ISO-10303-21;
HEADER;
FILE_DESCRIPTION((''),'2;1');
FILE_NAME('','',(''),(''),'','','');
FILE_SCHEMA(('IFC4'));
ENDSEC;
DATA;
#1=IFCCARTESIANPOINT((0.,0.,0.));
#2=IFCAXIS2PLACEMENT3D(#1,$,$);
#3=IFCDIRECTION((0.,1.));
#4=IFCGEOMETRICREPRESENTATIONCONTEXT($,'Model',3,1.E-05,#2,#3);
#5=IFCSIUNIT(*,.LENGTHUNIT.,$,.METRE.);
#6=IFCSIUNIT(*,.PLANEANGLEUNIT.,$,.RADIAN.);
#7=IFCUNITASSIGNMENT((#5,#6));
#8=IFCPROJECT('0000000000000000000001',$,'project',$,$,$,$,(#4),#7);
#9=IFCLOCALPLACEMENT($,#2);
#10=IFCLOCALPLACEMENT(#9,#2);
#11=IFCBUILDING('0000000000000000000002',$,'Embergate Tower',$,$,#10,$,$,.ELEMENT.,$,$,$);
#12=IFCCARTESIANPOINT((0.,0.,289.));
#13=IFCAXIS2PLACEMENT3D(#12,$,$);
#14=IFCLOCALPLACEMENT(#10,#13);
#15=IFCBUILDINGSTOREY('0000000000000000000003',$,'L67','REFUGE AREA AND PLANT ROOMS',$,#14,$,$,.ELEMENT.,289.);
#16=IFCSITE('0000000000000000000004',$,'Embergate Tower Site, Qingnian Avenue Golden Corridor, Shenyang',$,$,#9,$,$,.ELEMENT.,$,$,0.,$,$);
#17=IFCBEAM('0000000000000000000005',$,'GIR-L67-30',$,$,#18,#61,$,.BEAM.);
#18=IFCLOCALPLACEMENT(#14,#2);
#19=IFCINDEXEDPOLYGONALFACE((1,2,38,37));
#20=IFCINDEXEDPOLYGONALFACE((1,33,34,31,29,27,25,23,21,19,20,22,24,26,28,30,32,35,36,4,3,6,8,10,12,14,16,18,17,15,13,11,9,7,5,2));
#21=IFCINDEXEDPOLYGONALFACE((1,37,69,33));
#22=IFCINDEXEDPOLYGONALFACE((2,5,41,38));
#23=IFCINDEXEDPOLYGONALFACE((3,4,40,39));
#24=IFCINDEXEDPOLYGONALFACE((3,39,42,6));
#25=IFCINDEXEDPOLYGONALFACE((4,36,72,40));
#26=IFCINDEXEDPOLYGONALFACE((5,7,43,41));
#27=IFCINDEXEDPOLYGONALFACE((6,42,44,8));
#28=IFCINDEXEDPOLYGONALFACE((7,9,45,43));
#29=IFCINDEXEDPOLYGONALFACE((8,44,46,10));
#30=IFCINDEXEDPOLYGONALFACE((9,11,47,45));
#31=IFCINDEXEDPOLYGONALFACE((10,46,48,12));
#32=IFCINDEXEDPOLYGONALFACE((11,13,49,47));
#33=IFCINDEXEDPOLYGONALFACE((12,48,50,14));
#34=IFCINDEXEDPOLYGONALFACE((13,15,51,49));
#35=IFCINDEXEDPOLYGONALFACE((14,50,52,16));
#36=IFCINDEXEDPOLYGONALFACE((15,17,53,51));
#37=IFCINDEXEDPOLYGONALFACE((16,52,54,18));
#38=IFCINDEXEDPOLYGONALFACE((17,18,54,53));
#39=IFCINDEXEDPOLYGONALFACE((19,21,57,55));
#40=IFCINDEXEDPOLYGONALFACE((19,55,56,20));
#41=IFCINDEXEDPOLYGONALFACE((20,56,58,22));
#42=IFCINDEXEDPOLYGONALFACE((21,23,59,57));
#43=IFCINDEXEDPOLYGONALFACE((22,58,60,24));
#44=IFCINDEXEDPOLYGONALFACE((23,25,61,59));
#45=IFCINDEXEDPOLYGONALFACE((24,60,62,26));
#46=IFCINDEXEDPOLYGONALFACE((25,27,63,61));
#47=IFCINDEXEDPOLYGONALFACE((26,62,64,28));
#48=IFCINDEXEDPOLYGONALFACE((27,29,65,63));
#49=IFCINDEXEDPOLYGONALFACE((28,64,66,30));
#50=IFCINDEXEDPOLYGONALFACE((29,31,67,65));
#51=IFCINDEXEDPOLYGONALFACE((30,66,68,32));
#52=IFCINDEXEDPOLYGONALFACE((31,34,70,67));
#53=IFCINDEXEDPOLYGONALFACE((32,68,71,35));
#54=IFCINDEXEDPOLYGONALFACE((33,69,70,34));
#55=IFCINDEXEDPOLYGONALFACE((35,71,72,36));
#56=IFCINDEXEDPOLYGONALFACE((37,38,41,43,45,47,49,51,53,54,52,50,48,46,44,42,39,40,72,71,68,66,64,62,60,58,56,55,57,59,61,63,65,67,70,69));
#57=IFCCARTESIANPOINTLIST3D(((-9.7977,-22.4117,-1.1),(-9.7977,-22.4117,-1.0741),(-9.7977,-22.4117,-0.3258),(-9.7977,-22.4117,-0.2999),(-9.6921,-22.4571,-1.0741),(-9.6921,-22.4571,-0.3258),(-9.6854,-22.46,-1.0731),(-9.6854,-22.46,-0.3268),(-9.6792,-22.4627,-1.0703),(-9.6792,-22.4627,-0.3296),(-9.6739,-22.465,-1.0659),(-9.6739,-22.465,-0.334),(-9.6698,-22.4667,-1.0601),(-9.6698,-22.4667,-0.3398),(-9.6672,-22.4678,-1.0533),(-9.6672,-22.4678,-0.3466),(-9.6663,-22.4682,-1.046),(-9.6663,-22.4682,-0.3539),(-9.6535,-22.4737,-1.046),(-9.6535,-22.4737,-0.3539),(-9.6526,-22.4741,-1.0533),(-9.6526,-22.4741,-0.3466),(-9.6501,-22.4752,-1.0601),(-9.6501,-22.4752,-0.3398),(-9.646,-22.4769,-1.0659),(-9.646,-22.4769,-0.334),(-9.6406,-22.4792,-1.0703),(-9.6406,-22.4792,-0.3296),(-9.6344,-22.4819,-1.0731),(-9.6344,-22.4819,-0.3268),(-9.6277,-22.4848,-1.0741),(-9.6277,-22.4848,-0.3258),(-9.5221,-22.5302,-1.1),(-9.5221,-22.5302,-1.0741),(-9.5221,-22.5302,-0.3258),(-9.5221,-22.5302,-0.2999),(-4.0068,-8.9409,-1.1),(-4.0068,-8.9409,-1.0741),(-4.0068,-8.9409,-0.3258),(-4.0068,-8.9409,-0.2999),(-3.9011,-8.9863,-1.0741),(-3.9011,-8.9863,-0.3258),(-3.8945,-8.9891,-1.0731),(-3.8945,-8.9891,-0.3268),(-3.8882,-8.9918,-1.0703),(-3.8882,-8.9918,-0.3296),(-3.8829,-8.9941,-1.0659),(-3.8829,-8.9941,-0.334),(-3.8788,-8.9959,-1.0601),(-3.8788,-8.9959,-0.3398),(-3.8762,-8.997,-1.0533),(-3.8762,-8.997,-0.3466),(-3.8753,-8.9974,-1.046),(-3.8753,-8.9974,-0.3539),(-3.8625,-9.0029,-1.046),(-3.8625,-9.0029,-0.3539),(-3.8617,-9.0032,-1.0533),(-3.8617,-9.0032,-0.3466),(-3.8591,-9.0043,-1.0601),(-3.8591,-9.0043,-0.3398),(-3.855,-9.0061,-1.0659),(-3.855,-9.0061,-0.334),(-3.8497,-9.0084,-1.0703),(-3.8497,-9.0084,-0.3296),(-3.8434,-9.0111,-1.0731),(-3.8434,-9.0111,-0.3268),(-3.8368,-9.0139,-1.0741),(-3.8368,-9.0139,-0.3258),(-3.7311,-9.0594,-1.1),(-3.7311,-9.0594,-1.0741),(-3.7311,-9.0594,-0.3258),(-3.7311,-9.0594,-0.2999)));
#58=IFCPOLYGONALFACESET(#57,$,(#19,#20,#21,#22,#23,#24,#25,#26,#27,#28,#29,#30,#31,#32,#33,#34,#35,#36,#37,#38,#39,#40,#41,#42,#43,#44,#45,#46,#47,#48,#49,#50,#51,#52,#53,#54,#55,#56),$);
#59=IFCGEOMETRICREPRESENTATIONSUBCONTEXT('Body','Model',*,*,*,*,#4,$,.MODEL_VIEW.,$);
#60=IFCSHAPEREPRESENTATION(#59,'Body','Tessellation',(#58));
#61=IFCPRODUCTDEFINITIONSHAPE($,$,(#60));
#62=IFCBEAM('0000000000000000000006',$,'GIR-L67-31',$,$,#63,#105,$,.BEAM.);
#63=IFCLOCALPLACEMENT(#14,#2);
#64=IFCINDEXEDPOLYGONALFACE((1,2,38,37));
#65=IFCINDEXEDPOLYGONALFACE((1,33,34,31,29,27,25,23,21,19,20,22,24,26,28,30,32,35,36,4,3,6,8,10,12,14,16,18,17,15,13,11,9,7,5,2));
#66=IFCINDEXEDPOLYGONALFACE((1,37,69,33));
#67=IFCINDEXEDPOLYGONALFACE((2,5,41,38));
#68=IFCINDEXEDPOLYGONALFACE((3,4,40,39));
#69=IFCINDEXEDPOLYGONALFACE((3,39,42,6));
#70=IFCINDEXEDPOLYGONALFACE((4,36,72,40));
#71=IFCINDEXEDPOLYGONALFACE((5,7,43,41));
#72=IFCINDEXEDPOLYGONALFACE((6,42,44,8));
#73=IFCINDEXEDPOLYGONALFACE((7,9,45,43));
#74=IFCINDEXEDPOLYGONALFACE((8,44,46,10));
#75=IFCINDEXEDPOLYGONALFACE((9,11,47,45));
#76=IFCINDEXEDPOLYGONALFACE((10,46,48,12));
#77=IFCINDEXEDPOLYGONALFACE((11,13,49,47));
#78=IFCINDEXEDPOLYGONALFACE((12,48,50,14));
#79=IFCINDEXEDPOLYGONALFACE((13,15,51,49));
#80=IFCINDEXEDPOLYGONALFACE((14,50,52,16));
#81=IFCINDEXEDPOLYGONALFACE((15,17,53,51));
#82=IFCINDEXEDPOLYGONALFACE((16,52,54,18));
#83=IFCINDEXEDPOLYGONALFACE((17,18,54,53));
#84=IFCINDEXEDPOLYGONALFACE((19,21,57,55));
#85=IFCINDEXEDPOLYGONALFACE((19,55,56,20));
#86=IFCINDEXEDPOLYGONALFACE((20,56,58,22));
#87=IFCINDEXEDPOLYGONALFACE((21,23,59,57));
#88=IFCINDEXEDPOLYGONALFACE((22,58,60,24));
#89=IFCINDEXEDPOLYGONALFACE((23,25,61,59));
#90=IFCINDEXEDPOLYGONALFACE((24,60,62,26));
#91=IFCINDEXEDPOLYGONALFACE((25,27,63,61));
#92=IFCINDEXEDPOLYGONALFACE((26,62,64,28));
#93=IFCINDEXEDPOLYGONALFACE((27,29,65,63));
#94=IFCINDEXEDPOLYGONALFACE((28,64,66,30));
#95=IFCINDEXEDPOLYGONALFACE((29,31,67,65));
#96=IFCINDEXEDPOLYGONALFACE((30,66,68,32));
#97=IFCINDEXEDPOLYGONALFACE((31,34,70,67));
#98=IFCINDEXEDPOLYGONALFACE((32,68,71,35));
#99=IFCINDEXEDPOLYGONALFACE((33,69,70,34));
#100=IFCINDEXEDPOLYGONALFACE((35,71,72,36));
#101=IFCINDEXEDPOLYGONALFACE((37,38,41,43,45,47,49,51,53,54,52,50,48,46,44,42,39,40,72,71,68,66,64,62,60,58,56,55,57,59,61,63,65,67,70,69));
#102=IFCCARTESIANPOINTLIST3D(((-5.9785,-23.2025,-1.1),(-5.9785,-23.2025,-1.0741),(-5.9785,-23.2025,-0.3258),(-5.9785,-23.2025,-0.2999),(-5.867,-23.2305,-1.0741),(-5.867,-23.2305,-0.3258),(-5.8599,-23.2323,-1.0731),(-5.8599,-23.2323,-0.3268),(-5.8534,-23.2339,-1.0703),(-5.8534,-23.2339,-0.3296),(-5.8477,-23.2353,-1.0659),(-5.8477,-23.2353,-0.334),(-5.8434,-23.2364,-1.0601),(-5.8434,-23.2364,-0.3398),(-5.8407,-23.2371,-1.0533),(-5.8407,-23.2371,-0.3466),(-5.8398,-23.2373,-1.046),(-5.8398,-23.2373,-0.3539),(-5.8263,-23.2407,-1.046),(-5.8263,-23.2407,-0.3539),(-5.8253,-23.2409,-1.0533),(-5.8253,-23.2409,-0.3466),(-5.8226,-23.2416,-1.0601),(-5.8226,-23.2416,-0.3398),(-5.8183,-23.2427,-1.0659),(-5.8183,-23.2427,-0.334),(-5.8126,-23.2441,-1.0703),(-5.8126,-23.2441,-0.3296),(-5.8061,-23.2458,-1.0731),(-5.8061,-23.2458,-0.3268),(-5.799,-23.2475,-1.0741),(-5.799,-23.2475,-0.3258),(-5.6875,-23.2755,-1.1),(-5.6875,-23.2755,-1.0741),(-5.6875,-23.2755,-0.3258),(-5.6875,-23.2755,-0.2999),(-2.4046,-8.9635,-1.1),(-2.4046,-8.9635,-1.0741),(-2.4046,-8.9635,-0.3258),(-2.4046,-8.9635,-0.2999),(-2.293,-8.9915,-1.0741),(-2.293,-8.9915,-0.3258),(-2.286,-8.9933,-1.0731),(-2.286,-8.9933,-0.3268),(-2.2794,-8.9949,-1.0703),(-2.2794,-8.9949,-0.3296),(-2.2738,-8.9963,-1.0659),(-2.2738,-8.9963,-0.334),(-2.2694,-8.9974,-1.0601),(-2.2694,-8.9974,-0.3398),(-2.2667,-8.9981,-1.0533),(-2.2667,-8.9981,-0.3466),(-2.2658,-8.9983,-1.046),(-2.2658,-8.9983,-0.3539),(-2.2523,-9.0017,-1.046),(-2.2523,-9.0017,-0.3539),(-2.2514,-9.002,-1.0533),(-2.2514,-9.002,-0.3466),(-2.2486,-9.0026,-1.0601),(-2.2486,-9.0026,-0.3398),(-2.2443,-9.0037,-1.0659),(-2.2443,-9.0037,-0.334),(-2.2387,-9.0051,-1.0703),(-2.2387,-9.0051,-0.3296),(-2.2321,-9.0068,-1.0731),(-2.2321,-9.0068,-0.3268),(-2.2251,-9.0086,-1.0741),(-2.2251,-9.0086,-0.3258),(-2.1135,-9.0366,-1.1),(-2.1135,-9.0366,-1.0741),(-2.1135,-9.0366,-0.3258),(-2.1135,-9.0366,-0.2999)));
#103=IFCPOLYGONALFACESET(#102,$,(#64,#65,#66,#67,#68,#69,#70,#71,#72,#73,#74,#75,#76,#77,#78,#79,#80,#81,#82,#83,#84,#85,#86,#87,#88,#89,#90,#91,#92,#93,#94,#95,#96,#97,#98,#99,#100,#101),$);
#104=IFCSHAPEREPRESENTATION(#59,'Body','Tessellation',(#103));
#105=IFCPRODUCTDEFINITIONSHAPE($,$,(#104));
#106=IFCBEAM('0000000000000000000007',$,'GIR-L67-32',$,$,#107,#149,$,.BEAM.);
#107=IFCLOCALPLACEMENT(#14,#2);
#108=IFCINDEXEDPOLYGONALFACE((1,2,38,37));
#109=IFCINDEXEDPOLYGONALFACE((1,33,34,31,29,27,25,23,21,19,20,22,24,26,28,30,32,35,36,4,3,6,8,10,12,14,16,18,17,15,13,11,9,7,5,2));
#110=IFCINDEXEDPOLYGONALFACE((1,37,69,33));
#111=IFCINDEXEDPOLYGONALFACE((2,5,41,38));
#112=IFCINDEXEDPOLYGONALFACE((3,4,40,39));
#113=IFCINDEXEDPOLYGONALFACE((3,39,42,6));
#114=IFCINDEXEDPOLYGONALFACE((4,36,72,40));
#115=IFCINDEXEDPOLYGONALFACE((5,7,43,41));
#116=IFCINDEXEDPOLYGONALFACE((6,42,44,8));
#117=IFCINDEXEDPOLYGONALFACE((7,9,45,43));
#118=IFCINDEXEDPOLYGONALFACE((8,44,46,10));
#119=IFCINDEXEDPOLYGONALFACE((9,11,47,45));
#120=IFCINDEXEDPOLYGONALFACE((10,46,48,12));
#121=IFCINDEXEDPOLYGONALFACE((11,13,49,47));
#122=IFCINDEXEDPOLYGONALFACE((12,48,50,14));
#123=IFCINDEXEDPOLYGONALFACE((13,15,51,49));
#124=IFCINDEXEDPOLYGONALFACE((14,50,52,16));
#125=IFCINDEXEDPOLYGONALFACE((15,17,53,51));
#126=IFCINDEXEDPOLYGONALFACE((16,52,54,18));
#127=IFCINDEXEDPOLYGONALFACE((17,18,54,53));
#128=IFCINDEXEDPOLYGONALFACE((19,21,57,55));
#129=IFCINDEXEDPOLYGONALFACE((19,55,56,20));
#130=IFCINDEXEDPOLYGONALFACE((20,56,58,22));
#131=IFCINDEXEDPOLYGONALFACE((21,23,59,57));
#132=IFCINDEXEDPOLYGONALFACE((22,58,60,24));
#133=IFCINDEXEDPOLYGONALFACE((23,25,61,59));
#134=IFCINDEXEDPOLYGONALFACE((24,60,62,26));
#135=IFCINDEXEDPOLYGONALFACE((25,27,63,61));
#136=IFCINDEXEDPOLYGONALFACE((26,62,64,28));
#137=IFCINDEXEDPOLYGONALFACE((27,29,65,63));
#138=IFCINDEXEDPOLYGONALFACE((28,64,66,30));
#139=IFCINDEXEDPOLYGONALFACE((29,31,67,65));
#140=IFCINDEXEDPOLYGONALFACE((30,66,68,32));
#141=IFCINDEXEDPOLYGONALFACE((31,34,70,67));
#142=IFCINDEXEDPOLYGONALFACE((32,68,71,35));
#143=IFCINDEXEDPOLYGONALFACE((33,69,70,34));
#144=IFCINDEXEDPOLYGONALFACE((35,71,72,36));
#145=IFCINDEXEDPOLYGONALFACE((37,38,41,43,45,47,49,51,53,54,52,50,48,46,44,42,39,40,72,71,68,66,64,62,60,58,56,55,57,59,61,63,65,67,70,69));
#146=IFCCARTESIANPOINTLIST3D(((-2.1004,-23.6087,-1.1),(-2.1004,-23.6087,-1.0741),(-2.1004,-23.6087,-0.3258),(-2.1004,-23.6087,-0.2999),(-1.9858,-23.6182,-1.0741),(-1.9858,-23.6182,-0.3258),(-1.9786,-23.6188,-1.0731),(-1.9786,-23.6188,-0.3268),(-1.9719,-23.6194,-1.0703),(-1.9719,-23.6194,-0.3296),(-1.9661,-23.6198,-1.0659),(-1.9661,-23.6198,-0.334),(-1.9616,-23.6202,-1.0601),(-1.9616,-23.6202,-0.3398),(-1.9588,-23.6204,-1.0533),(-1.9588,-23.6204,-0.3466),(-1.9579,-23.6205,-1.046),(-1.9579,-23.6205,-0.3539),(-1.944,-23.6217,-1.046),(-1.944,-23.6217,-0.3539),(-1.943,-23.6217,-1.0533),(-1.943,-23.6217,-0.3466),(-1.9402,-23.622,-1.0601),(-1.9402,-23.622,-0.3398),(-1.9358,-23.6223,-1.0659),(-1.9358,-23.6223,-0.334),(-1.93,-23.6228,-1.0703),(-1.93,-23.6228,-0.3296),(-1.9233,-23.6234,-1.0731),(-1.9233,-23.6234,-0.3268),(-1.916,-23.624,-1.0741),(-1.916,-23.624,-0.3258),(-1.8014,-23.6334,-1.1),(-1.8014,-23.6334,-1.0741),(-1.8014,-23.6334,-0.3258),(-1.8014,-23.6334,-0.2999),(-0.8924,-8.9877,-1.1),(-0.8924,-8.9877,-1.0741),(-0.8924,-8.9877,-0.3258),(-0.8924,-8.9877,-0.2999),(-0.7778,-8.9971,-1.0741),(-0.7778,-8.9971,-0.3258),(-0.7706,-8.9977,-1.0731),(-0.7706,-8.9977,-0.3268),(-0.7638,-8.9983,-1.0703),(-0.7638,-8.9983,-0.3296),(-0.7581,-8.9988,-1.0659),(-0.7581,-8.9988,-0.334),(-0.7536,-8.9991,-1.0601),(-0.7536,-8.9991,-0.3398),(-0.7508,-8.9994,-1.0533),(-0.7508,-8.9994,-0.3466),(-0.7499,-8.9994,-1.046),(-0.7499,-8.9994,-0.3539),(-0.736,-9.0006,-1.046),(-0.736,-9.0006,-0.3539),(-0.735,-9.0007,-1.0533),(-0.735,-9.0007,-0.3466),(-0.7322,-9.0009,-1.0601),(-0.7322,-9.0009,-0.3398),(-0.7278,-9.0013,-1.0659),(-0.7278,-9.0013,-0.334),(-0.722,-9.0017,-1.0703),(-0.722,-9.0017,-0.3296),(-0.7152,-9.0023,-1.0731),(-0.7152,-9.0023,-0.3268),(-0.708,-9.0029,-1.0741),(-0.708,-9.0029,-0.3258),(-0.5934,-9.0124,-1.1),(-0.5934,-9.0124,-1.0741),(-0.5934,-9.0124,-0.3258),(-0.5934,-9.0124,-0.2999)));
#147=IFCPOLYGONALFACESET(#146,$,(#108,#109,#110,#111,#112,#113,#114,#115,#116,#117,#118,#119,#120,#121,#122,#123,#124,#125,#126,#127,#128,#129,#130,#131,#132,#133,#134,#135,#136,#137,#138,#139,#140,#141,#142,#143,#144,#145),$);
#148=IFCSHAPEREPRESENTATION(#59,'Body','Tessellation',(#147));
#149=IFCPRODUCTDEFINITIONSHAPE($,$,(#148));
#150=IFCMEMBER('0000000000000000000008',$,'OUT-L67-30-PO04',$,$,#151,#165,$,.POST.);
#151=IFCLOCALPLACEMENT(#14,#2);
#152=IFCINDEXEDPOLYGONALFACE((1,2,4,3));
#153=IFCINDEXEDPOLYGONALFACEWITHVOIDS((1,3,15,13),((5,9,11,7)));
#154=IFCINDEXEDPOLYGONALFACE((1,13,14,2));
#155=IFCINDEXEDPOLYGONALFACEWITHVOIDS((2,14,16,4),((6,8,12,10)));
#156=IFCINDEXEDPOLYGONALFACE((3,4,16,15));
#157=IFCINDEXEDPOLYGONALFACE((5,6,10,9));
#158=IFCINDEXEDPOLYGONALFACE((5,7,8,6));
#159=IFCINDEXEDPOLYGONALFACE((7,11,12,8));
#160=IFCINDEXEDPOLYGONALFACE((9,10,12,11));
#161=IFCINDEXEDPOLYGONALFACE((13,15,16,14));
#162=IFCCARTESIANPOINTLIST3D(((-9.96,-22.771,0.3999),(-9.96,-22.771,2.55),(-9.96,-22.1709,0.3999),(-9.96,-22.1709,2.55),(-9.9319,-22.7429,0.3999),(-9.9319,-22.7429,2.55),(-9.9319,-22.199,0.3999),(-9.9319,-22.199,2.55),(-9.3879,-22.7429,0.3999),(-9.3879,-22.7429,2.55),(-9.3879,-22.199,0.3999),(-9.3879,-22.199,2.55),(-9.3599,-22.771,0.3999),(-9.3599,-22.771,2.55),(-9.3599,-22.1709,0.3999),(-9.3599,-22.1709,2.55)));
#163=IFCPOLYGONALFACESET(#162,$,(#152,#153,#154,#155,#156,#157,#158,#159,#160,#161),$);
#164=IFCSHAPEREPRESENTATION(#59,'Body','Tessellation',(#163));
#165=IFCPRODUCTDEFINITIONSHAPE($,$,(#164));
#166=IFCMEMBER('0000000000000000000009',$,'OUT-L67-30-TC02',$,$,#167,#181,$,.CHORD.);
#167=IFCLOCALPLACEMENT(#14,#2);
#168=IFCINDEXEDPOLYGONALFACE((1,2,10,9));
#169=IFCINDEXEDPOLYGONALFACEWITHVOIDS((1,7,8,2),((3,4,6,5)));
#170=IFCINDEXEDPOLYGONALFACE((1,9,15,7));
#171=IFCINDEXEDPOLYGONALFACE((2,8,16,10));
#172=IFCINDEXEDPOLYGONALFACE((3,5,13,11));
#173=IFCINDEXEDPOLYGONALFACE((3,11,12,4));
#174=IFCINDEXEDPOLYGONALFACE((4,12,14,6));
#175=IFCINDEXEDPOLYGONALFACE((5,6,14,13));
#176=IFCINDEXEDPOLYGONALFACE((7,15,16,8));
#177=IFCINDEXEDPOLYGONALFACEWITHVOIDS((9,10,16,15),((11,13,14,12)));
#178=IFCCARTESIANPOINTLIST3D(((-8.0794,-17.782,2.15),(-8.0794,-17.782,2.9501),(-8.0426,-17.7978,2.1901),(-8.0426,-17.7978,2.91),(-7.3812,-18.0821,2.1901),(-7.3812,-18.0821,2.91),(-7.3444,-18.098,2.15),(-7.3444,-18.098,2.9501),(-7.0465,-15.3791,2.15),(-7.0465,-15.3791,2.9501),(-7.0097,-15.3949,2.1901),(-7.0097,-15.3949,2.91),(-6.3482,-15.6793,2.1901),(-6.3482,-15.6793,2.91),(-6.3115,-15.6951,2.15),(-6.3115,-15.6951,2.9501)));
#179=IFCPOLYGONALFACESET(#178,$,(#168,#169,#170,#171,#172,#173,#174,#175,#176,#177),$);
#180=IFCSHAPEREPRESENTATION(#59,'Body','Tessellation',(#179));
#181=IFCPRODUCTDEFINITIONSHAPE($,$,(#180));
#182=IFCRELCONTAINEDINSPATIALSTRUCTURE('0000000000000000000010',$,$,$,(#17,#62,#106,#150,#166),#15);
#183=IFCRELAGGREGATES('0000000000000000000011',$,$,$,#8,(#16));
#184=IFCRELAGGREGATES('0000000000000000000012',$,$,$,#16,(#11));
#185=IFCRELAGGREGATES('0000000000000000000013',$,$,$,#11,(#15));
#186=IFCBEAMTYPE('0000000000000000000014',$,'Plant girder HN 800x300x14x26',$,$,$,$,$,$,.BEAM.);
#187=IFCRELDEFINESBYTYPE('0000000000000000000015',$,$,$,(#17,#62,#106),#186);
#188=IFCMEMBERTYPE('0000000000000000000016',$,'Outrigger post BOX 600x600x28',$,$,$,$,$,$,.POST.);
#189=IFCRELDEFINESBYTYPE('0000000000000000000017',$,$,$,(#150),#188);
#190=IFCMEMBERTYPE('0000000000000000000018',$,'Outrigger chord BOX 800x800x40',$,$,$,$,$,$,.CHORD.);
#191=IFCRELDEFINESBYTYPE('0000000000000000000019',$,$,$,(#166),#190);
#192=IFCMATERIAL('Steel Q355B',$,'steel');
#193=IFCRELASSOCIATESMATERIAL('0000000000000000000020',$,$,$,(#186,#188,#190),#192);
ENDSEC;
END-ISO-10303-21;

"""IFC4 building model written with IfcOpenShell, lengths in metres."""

from ifc_helpers import new_model, si_unit, direction, frame, origin, origin_2d, place, context, subcontext, project, spatial, hollow_rectangle, i_section, extrude, source, transform, mapped, material, material_profile, profile_set, type_object, element, save


model = new_model("IFC4")

# Units and contexts
model_context = context("Model", 3, precision=1e-05, world=origin(), true_north=direction((0.0, 1.0)))
body_context = subcontext(model_context, "Body", "Model", "MODEL_VIEW")
ifc_project = project(units=[si_unit("LENGTHUNIT", "METRE"), si_unit("PLANEANGLEUNIT", "RADIAN")], contexts=[model_context])

# Site, building, storey
site_placement = place(None, origin())
site = spatial("IfcSite", under=ifc_project, at=site_placement, Name="Embergate Tower Site, Qingnian Avenue Golden Corridor, Shenyang", CompositionType="ELEMENT", RefElevation=0.0)
building_placement = place(site_placement, origin())
building = spatial("IfcBuilding", under=site, at=building_placement, Name="Embergate Tower", CompositionType="ELEMENT")
storey_placement = place(building_placement, frame((0.0, 0.0, 289.0)))
storey = spatial("IfcBuildingStorey", under=building, at=storey_placement, Name="L67", Description="REFUGE AREA AND PLANT ROOMS", CompositionType="ELEMENT", Elevation=289.0)

# Beams
ifc_material_1 = material(Name="Steel Q355B", Category="steel")
ifc_material_profile_1 = material_profile(ifc_material_1, i_section(OverallWidth=0.3, OverallDepth=0.8, WebThickness=0.0139, FlangeThickness=0.0259, FilletRadius=0.0281, at=origin_2d()), Name="HN 800x300x14x26")
ifc_profile_set_1 = profile_set([ifc_material_profile_1], Name="Steel Q355 grade B")
beam_type_1 = type_object("IfcBeamType", Name="Plant girder HN 800x300x14x26", PredefinedType="BEAM", material=ifc_profile_set_1)
shared_shape_1 = source(origin(), body_context, "Body", "SweptSolid", [
    extrude(i_section(OverallWidth=0.3, OverallDepth=0.8, WebThickness=0.0139, FlangeThickness=0.0259, FilletRadius=0.0281, at=origin_2d()), origin(), (0.0, 0.0, 1.0), 14.6628),
])
beam_1_placement = place(storey_placement, frame((-9.6599, -22.4709, -0.7), z_axis=(0.394942, 0.918706, 0.0), x_axis=(-0.918706, 0.394942, 0.0)))
element("IfcBeam", 1, at=beam_1_placement, inside=storey, type_object=beam_type_1, Name="GIR-L67-30", PredefinedType="BEAM", context=body_context, shape_type="MappedRepresentation", body=[
    mapped(shared_shape_1, transform((0.0, 0.0, 0.0))),
])
shared_shape_2 = source(origin(), body_context, "Body", "SweptSolid", [
    extrude(i_section(OverallWidth=0.3, OverallDepth=0.8, WebThickness=0.0139, FlangeThickness=0.0259, FilletRadius=0.0281, at=origin_2d()), origin(), (0.0, 0.0, 1.0), 14.6807),
])
beam_2_placement = place(storey_placement, frame((-5.833, -23.239, -0.7), z_axis=(0.243447, 0.969914, 0.0), x_axis=(-0.969914, 0.243447, 0.0)))
element("IfcBeam", 2, at=beam_2_placement, inside=storey, type_object=beam_type_1, Name="GIR-L67-31", PredefinedType="BEAM", context=body_context, shape_type="MappedRepresentation", body=[
    mapped(shared_shape_2, transform((0.0, 0.0, 0.0))),
])
shared_shape_3 = source(origin(), body_context, "Body", "SweptSolid", [
    extrude(i_section(OverallWidth=0.3, OverallDepth=0.8, WebThickness=0.0139, FlangeThickness=0.0259, FilletRadius=0.0281, at=origin_2d()), origin(), (0.0, 0.0, 1.0), 14.6709),
])
beam_3_placement = place(storey_placement, frame((-1.9509, -23.6211, -0.7), z_axis=(0.08234, 0.996604, 0.0), x_axis=(-0.996604, 0.08234, 0.0)))
element("IfcBeam", 3, at=beam_3_placement, inside=storey, type_object=beam_type_1, Name="GIR-L67-32", PredefinedType="BEAM", context=body_context, shape_type="MappedRepresentation", body=[
    mapped(shared_shape_3, transform((0.0, 0.0, 0.0))),
])

# Members
ifc_material_profile_2 = material_profile(ifc_material_1, hollow_rectangle(XDim=0.6001, YDim=0.6001, WallThickness=0.0281, at=origin_2d()), Name="BOX 600x600x28")
ifc_profile_set_2 = profile_set([ifc_material_profile_2], Name="Steel Q355 grade B")
member_type_1 = type_object("IfcMemberType", Name="Outrigger post BOX 600x600x28", PredefinedType="POST", material=ifc_profile_set_2)
shared_shape_4 = source(origin(), body_context, "Body", "SweptSolid", [
    extrude(hollow_rectangle(XDim=0.6001, YDim=0.6001, WallThickness=0.0281, at=origin_2d()), origin(), (0.0, 0.0, 1.0), 2.1501),
])
member_1_placement = place(storey_placement, frame((-9.6599, -22.4709, 0.3999), z_axis=(0.0, 0.0, 1.0), x_axis=(1.0, 0.0, 0.0)))
element("IfcMember", 4, at=member_1_placement, inside=storey, type_object=member_type_1, Name="OUT-L67-30-PO04", PredefinedType="POST", context=body_context, shape_type="MappedRepresentation", body=[
    mapped(shared_shape_4, transform((0.0, 0.0, 0.0))),
])
ifc_material_profile_3 = material_profile(ifc_material_1, hollow_rectangle(XDim=0.8, YDim=0.8, WallThickness=0.04, at=origin_2d()), Name="BOX 800x800x40")
ifc_profile_set_3 = profile_set([ifc_material_profile_3], Name="Steel Q355 grade B")
member_type_2 = type_object("IfcMemberType", Name="Outrigger chord BOX 800x800x40", PredefinedType="CHORD", material=ifc_profile_set_3)
shared_shape_5 = source(origin(), body_context, "Body", "SweptSolid", [
    extrude(hollow_rectangle(XDim=0.8, YDim=0.8, WallThickness=0.04, at=origin_2d()), origin(), (0.0, 0.0, 1.0), 2.6155),
])
for number, where, z_axis, x_axis, name in (
    (5, (-6.679, -15.5371, 2.55), (-0.394944, -0.918705, 0.0), (0.918705, -0.394944, 0.0), "OUT-L67-30-TC02"),
):
    element("IfcMember", number, at=place(storey_placement, frame(where, z_axis=z_axis, x_axis=x_axis)), inside=storey, type_object=member_type_2, Name=name, PredefinedType="CHORD", context=body_context, shape_type="MappedRepresentation", body=[
        mapped(shared_shape_5, transform((0.0, 0.0, 0.0))),
    ])

save(model, "model.ifc")
